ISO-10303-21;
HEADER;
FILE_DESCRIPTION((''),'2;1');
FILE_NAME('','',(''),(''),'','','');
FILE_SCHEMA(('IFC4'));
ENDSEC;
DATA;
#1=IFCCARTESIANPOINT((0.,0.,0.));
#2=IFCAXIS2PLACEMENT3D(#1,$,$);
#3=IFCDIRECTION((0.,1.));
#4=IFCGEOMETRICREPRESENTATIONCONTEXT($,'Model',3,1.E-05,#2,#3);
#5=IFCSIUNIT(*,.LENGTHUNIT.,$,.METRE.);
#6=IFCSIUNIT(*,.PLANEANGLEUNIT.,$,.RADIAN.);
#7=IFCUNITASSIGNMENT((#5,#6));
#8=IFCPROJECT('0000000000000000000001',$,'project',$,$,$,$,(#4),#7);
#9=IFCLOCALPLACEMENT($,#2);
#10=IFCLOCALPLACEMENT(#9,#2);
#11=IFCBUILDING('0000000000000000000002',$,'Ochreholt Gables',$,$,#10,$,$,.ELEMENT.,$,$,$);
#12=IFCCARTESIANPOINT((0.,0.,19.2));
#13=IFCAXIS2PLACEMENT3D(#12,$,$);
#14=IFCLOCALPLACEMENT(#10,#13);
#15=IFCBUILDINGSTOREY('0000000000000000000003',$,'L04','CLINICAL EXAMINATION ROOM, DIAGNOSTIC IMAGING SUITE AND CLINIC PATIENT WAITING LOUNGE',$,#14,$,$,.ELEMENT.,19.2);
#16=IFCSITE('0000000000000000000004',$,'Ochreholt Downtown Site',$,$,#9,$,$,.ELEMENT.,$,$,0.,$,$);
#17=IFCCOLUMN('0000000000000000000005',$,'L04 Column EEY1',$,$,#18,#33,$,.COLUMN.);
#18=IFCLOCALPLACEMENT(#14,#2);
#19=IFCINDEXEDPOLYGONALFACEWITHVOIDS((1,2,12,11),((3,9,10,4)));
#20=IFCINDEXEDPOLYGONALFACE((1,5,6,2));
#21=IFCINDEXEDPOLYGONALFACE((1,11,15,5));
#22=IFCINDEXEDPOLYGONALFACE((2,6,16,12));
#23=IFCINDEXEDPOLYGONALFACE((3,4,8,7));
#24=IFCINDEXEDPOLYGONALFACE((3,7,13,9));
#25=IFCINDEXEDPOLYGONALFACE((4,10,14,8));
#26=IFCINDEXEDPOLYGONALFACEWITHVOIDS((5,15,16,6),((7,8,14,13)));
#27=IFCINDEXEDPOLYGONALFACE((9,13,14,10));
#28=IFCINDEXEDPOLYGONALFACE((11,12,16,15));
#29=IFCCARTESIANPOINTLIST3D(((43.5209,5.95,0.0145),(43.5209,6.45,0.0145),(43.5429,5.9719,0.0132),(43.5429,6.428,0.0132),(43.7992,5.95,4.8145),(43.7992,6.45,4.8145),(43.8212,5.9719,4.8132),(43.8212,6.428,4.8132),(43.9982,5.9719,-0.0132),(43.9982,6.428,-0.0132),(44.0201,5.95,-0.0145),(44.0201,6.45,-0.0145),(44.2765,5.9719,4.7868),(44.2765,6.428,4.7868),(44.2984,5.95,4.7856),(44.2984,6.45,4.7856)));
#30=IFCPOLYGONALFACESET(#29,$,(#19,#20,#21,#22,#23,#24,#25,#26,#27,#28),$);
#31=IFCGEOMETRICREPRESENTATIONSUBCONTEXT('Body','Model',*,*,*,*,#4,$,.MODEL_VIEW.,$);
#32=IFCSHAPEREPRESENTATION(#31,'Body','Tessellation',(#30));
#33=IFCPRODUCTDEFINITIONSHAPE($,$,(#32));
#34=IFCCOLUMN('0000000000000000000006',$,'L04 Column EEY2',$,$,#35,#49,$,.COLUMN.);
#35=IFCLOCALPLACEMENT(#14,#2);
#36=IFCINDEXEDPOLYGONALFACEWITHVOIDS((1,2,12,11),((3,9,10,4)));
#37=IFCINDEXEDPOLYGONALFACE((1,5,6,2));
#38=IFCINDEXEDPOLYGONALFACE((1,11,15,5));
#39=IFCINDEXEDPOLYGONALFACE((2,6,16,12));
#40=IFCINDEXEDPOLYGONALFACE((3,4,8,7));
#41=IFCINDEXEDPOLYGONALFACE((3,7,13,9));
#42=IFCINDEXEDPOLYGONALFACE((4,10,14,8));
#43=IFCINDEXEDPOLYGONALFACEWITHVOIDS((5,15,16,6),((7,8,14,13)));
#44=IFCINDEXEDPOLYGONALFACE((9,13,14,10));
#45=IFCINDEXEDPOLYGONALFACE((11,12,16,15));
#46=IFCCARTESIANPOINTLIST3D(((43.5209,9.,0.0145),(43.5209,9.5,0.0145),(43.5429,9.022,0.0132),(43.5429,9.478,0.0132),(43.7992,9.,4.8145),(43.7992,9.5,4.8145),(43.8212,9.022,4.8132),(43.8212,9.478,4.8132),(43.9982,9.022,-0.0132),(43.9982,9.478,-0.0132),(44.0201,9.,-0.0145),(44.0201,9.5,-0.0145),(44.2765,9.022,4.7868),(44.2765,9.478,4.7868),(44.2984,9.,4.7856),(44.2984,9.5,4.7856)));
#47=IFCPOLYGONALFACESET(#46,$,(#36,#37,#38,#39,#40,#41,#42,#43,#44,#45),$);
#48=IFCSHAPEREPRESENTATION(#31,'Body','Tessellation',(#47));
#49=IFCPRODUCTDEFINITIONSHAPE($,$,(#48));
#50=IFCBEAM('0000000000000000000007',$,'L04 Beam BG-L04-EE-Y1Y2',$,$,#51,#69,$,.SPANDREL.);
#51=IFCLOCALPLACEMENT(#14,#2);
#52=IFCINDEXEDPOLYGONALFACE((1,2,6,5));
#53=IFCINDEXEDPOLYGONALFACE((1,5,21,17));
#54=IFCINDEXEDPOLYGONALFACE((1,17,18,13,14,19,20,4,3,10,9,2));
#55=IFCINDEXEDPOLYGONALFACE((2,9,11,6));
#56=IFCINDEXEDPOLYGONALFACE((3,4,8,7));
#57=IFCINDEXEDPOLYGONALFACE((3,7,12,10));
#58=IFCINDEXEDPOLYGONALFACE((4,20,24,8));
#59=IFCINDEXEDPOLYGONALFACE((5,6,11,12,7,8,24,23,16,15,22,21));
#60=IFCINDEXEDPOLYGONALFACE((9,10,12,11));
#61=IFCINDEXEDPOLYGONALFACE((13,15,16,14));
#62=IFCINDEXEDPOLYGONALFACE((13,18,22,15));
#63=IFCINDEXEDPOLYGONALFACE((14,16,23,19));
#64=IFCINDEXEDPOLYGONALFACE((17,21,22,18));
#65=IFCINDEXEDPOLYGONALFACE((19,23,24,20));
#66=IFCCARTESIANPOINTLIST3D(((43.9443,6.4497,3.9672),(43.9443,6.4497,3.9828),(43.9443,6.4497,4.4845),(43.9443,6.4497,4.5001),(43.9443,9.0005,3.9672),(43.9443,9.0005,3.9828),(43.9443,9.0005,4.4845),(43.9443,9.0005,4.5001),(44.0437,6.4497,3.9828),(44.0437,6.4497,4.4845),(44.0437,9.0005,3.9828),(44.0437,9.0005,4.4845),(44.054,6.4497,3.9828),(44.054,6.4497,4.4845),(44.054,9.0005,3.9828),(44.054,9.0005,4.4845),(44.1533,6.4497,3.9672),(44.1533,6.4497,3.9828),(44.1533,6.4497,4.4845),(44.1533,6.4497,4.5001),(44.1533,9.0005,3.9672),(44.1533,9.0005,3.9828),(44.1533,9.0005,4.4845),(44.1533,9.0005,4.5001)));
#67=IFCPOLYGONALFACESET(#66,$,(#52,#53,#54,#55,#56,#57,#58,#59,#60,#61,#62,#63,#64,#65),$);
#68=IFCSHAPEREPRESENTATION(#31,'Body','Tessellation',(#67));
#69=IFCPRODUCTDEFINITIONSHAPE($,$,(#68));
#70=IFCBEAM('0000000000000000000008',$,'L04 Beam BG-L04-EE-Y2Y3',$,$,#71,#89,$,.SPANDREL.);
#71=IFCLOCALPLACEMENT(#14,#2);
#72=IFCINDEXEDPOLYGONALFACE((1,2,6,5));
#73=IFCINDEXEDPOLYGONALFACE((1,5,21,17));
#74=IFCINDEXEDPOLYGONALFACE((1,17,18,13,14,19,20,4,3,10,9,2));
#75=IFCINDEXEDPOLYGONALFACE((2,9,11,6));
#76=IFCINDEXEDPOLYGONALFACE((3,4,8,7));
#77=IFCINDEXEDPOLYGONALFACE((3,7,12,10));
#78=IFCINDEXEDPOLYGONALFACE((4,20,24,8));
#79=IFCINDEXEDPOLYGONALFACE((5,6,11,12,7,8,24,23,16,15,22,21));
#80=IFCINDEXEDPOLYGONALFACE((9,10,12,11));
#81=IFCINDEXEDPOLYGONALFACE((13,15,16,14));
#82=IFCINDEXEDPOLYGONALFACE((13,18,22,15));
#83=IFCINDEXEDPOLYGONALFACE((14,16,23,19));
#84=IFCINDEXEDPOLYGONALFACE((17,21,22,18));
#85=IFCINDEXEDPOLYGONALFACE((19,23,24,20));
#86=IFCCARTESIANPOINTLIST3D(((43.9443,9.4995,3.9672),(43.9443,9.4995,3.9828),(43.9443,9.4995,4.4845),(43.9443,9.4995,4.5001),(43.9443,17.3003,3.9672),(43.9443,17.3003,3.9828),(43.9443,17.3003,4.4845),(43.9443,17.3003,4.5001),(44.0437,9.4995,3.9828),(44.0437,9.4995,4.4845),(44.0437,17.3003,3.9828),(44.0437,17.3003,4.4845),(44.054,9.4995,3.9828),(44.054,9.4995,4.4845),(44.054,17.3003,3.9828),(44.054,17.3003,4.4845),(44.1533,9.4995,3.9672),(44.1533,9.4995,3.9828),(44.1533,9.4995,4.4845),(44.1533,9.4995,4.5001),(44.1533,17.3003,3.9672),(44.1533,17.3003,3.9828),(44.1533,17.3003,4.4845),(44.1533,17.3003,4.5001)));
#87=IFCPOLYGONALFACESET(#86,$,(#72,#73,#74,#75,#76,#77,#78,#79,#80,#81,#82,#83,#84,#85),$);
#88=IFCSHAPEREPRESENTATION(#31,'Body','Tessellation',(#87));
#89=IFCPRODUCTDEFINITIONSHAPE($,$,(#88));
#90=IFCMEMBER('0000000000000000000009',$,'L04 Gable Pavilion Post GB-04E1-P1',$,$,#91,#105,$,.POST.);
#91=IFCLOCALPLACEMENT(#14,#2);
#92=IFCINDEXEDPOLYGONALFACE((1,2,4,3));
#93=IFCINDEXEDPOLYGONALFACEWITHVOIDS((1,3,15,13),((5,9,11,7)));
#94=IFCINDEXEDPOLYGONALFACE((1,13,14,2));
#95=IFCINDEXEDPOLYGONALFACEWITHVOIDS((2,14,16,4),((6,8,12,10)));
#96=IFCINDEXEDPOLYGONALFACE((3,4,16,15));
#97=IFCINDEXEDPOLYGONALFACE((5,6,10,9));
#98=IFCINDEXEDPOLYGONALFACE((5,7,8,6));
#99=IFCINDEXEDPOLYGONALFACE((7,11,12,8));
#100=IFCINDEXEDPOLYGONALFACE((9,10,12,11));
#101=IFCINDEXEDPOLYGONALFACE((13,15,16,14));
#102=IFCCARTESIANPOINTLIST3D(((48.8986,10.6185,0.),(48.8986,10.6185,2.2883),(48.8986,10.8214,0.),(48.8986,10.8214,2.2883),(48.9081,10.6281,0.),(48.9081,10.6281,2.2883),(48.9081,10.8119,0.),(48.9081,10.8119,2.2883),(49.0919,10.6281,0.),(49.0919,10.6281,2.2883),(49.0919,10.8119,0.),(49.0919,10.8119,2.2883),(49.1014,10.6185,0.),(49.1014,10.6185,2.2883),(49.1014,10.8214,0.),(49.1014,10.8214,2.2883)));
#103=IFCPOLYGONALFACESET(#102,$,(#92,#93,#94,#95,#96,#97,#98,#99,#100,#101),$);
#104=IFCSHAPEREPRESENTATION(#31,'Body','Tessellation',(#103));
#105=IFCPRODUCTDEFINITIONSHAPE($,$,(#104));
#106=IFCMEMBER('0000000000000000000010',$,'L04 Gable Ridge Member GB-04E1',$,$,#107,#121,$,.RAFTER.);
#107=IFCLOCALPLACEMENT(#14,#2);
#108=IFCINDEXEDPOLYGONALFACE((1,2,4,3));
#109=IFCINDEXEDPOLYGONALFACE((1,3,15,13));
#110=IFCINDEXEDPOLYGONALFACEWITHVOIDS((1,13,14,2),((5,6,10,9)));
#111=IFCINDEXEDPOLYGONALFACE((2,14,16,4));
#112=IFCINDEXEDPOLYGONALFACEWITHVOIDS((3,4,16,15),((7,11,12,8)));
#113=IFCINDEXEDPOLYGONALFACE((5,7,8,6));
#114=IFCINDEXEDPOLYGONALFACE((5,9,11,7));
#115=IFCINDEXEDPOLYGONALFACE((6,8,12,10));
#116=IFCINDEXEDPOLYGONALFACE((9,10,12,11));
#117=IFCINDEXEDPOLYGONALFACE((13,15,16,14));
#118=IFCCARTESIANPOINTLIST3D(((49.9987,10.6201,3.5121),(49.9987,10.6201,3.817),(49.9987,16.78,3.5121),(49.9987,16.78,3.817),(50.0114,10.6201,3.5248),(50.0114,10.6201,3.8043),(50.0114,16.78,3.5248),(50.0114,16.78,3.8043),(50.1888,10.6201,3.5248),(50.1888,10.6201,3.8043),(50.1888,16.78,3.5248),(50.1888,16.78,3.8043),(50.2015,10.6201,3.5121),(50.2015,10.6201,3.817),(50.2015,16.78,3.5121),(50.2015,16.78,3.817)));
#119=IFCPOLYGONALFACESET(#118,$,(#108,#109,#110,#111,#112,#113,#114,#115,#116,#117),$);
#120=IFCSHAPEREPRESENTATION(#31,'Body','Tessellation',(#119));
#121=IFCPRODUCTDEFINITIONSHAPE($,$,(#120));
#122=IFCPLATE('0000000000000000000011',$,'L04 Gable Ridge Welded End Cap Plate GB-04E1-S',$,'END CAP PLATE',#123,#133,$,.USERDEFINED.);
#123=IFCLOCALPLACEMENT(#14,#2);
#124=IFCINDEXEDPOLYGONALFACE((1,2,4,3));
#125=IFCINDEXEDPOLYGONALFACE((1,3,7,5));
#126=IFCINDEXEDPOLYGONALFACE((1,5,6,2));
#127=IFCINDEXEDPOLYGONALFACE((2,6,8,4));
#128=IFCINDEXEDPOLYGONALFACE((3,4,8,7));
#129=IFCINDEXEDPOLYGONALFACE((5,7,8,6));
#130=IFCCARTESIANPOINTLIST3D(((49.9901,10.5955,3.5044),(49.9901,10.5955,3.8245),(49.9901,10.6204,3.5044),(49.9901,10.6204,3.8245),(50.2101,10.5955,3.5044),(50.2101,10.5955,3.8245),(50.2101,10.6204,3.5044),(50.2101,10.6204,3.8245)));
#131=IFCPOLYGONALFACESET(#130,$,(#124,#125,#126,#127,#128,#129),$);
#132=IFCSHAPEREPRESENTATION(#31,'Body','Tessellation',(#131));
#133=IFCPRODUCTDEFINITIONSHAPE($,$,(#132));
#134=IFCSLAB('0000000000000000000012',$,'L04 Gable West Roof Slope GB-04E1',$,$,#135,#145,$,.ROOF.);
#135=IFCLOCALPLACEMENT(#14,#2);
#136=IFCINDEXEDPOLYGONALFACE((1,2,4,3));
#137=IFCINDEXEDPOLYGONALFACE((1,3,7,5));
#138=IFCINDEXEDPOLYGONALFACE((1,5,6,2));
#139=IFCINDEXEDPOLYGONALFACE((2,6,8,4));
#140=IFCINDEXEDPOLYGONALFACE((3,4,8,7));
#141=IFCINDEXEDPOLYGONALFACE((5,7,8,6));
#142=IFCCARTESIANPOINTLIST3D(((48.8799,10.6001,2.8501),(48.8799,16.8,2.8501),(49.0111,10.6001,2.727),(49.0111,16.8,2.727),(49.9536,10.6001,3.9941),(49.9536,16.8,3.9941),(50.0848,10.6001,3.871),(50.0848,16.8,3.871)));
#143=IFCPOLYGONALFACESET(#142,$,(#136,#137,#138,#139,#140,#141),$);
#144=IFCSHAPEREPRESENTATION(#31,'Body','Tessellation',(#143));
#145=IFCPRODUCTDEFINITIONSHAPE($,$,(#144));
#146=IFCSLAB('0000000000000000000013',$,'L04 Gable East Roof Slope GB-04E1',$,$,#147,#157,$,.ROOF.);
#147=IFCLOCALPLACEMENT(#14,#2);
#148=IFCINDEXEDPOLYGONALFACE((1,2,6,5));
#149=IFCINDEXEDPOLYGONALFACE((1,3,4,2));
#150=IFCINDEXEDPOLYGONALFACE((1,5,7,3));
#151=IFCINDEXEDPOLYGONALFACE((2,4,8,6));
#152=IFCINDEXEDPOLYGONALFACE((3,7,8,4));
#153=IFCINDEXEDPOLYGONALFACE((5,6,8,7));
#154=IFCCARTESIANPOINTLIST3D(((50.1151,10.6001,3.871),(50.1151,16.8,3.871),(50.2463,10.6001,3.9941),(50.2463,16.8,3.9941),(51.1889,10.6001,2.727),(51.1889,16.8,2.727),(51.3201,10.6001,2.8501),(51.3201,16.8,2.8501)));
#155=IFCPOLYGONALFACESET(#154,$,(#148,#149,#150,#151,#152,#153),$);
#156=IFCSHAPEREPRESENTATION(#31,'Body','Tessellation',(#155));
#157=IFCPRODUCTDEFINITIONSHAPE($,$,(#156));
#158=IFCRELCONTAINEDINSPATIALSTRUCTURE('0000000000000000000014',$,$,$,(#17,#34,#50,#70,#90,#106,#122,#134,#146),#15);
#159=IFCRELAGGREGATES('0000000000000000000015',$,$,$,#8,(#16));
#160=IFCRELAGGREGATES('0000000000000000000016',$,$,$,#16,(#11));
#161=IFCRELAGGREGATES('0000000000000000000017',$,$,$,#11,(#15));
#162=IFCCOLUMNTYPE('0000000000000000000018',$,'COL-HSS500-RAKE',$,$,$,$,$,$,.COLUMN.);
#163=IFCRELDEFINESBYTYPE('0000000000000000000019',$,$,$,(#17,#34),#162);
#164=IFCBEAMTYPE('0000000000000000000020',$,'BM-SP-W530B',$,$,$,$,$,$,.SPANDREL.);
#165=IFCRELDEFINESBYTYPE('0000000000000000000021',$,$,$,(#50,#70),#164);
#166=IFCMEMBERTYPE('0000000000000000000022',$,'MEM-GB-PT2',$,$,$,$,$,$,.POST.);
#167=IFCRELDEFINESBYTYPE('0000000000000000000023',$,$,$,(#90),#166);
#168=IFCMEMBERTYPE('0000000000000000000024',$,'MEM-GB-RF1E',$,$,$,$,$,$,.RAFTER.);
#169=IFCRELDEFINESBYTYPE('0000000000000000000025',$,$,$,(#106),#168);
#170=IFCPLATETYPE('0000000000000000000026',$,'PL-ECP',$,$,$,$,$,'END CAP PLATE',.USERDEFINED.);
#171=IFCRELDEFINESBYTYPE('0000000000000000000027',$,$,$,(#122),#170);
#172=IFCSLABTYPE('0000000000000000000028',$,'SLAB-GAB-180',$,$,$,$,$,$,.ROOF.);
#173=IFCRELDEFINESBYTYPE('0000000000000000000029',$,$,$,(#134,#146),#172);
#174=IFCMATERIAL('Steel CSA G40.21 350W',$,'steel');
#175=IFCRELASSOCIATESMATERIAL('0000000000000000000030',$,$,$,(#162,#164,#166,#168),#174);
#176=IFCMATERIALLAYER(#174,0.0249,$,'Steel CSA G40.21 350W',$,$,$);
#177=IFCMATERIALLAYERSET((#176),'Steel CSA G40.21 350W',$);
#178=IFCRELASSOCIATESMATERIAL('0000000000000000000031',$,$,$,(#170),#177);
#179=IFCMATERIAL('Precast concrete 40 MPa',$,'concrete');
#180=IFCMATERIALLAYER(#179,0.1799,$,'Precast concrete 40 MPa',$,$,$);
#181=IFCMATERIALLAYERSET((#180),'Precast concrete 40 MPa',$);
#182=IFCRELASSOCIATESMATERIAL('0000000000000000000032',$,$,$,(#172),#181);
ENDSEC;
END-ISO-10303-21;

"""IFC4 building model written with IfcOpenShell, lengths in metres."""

from ifc_helpers import new_model, si_unit, direction, frame, origin, origin_2d, place, context, subcontext, project, spatial, polyline, rectangle, hollow_rectangle, i_section, outline, extrude, material, layer, layer_set, material_profile, profile_set, type_object, element, save


model = new_model("IFC4")

# Units and contexts
model_context = context("Model", 3, precision=1e-05, world=origin(), true_north=direction((0.0, 1.0)))
body_context = subcontext(model_context, "Body", "Model", "MODEL_VIEW")
ifc_project = project(units=[si_unit("LENGTHUNIT", "METRE"), si_unit("PLANEANGLEUNIT", "RADIAN")], contexts=[model_context])

# Site, building, storey
site_placement = place(None, origin())
site = spatial("IfcSite", under=ifc_project, at=site_placement, Name="Ochreholt Downtown Site", CompositionType="ELEMENT", RefElevation=0.0)
building_placement = place(site_placement, origin())
building = spatial("IfcBuilding", under=site, at=building_placement, Name="Ochreholt Gables", CompositionType="ELEMENT")
storey_placement = place(building_placement, frame((0.0, 0.0, 19.2)))
storey = spatial("IfcBuildingStorey", under=building, at=storey_placement, Name="L04", Description="CLINICAL EXAMINATION ROOM, DIAGNOSTIC IMAGING SUITE AND CLINIC PATIENT WAITING LOUNGE", CompositionType="ELEMENT", Elevation=19.2)

# Columns
ifc_material_1 = material(Name="Steel CSA G40.21 350W", Category="steel")
ifc_material_profile_1 = material_profile(ifc_material_1, hollow_rectangle(XDim=0.5, YDim=0.5, WallThickness=0.022, at=origin_2d()), Name="HSS500X500X22")
ifc_profile_set_1 = profile_set([ifc_material_profile_1], Name="Steel CSA G40.21 350W")
column_type = type_object("IfcColumnType", Name="COL-HSS500-RAKE", PredefinedType="COLUMN", material=ifc_profile_set_1)
for number, where, z_axis, x_axis, name in (
    (1, (43.7705, 6.2, 0.0), (0.057886, 0.0, 0.998323), (0.0, 1.0, 0.0), "L04 Column EEY1"),
    (2, (43.7705, 9.25, 0.0), (0.057886, 0.0, 0.998323), (0.0, 1.0, 0.0), "L04 Column EEY2"),
):
    element("IfcColumn", number, at=place(storey_placement, frame(where, z_axis=z_axis, x_axis=x_axis)), inside=storey, type_object=column_type, Name=name, PredefinedType="COLUMN", context=body_context, shape_type="SweptSolid", body=[
        extrude(hollow_rectangle(XDim=0.5, YDim=0.5, WallThickness=0.022, at=origin_2d()), origin(), (0.0, 0.0, 1.0), 4.8081),
    ])

# Beams
ifc_material_profile_2 = material_profile(ifc_material_1, i_section(OverallWidth=0.209, OverallDepth=0.533, WebThickness=0.0103, FlangeThickness=0.0156, at=origin_2d()), Name="W530X92")
ifc_profile_set_2 = profile_set([ifc_material_profile_2], Name="Steel CSA G40.21 350W")
beam_type = type_object("IfcBeamType", Name="BM-SP-W530B", PredefinedType="SPANDREL", material=ifc_profile_set_2)
beam_1_placement = place(storey_placement, frame((44.0488, 6.4497, 4.2336), z_axis=(0.0, 1.0, 0.0), x_axis=(-1.0, 0.0, 0.0)))
element("IfcBeam", 3, at=beam_1_placement, inside=storey, type_object=beam_type, Name="L04 Beam BG-L04-EE-Y1Y2", PredefinedType="SPANDREL", context=body_context, shape_type="SweptSolid", body=[
    extrude(i_section(OverallWidth=0.209, OverallDepth=0.533, WebThickness=0.0103, FlangeThickness=0.0156, at=origin_2d()), origin(), (0.0, 0.0, 1.0), 2.5508),
])
beam_2_placement = place(storey_placement, frame((44.0488, 9.4995, 4.2336), z_axis=(0.0, 1.0, 0.0), x_axis=(-1.0, 0.0, 0.0)))
element("IfcBeam", 4, at=beam_2_placement, inside=storey, type_object=beam_type, Name="L04 Beam BG-L04-EE-Y2Y3", PredefinedType="SPANDREL", context=body_context, shape_type="SweptSolid", body=[
    extrude(i_section(OverallWidth=0.209, OverallDepth=0.533, WebThickness=0.0103, FlangeThickness=0.0156, at=origin_2d()), origin(), (0.0, 0.0, 1.0), 7.8008),
])

# Members
ifc_material_profile_3 = material_profile(ifc_material_1, hollow_rectangle(XDim=0.2029, YDim=0.2029, WallThickness=0.0095, at=origin_2d()), Name="HSS203X203X10")
ifc_profile_set_3 = profile_set([ifc_material_profile_3], Name="Steel CSA G40.21 350W")
member_type_1 = type_object("IfcMemberType", Name="MEM-GB-PT2", PredefinedType="POST", material=ifc_profile_set_3)
member_1_placement = place(storey_placement, frame((49.0, 10.72, 0.0), z_axis=(0.0, 0.0, 1.0), x_axis=(1.0, 0.0, 0.0)))
element("IfcMember", 5, at=member_1_placement, inside=storey, type_object=member_type_1, Name="L04 Gable Pavilion Post GB-04E1-P1", PredefinedType="POST", context=body_context, shape_type="SweptSolid", body=[
    extrude(hollow_rectangle(XDim=0.2029, YDim=0.2029, WallThickness=0.0095, at=origin_2d()), origin(), (0.0, 0.0, 1.0), 2.2883),
])
ifc_material_profile_4 = material_profile(ifc_material_1, hollow_rectangle(XDim=0.2029, YDim=0.3049, WallThickness=0.0127, at=origin_2d()), Name="HSS305X203X13")
ifc_profile_set_4 = profile_set([ifc_material_profile_4], Name="Steel CSA G40.21 350W")
member_type_2 = type_object("IfcMemberType", Name="MEM-GB-RF1E", PredefinedType="RAFTER", material=ifc_profile_set_4)
member_2_placement = place(storey_placement, frame((50.1001, 10.6201, 3.6646), z_axis=(0.0, 1.0, 0.0), x_axis=(-1.0, 0.0, 0.0)))
element("IfcMember", 6, at=member_2_placement, inside=storey, type_object=member_type_2, Name="L04 Gable Ridge Member GB-04E1", PredefinedType="RAFTER", context=body_context, shape_type="SweptSolid", body=[
    extrude(hollow_rectangle(XDim=0.2029, YDim=0.3049, WallThickness=0.0127, at=origin_2d()), origin(), (0.0, 0.0, 1.0), 6.1599),
])

# Plate
ifc_layer_1 = layer(ifc_material_1, 0.0249, Name="Steel CSA G40.21 350W")
ifc_layer_set_1 = layer_set([ifc_layer_1], Name="Steel CSA G40.21 350W")
plate_type = type_object("IfcPlateType", Name="PL-ECP", ElementType="END CAP PLATE", PredefinedType="USERDEFINED", material=ifc_layer_set_1)
plate_placement = place(storey_placement, frame((50.1001, 10.6079, 3.5044), z_axis=(0.0, 0.0, 1.0), x_axis=(1.0, 0.0, 0.0)))
element("IfcPlate", 7, at=plate_placement, inside=storey, type_object=plate_type, Name="L04 Gable Ridge Welded End Cap Plate GB-04E1-S", ObjectType="END CAP PLATE", PredefinedType="USERDEFINED", context=body_context, shape_type="SweptSolid", body=[
    extrude(rectangle(XDim=0.22, YDim=0.0249, at=origin_2d()), origin(), (0.0, 0.0, 1.0), 0.3201),
])

# Slabs
ifc_material_2 = material(Name="Precast concrete 40 MPa", Category="concrete")
ifc_layer_2 = layer(ifc_material_2, 0.1799, Name="Precast concrete 40 MPa")
ifc_layer_set_2 = layer_set([ifc_layer_2], Name="Precast concrete 40 MPa")
slab_type = type_object("IfcSlabType", Name="SLAB-GAB-180", PredefinedType="ROOF", material=ifc_layer_set_2)
for number, where, z_axis, x_axis, name in (
    (8, (48.8799, 10.6001, 2.8501), (-0.729159, 0.0, 0.684345), (0.684345, 0.0, 0.729159), "L04 Gable West Roof Slope GB-04E1"),
    (9, (50.2463, 10.6001, 3.9941), (0.729159, 0.0, 0.684345), (0.684345, 0.0, -0.729159), "L04 Gable East Roof Slope GB-04E1"),
):
    element("IfcSlab", number, at=place(storey_placement, frame(where, z_axis=z_axis, x_axis=x_axis)), inside=storey, type_object=slab_type, Name=name, PredefinedType="ROOF", context=body_context, shape_type="SweptSolid", body=[
        extrude(outline(polyline([(0.0, 0.0), (1.569, 0.0), (1.569, 6.2), (0.0, 6.2), (0.0, 0.0)])), origin(), (0.0, 0.0, -1.0), 0.1799),
    ])

save(model, "model.ifc")
